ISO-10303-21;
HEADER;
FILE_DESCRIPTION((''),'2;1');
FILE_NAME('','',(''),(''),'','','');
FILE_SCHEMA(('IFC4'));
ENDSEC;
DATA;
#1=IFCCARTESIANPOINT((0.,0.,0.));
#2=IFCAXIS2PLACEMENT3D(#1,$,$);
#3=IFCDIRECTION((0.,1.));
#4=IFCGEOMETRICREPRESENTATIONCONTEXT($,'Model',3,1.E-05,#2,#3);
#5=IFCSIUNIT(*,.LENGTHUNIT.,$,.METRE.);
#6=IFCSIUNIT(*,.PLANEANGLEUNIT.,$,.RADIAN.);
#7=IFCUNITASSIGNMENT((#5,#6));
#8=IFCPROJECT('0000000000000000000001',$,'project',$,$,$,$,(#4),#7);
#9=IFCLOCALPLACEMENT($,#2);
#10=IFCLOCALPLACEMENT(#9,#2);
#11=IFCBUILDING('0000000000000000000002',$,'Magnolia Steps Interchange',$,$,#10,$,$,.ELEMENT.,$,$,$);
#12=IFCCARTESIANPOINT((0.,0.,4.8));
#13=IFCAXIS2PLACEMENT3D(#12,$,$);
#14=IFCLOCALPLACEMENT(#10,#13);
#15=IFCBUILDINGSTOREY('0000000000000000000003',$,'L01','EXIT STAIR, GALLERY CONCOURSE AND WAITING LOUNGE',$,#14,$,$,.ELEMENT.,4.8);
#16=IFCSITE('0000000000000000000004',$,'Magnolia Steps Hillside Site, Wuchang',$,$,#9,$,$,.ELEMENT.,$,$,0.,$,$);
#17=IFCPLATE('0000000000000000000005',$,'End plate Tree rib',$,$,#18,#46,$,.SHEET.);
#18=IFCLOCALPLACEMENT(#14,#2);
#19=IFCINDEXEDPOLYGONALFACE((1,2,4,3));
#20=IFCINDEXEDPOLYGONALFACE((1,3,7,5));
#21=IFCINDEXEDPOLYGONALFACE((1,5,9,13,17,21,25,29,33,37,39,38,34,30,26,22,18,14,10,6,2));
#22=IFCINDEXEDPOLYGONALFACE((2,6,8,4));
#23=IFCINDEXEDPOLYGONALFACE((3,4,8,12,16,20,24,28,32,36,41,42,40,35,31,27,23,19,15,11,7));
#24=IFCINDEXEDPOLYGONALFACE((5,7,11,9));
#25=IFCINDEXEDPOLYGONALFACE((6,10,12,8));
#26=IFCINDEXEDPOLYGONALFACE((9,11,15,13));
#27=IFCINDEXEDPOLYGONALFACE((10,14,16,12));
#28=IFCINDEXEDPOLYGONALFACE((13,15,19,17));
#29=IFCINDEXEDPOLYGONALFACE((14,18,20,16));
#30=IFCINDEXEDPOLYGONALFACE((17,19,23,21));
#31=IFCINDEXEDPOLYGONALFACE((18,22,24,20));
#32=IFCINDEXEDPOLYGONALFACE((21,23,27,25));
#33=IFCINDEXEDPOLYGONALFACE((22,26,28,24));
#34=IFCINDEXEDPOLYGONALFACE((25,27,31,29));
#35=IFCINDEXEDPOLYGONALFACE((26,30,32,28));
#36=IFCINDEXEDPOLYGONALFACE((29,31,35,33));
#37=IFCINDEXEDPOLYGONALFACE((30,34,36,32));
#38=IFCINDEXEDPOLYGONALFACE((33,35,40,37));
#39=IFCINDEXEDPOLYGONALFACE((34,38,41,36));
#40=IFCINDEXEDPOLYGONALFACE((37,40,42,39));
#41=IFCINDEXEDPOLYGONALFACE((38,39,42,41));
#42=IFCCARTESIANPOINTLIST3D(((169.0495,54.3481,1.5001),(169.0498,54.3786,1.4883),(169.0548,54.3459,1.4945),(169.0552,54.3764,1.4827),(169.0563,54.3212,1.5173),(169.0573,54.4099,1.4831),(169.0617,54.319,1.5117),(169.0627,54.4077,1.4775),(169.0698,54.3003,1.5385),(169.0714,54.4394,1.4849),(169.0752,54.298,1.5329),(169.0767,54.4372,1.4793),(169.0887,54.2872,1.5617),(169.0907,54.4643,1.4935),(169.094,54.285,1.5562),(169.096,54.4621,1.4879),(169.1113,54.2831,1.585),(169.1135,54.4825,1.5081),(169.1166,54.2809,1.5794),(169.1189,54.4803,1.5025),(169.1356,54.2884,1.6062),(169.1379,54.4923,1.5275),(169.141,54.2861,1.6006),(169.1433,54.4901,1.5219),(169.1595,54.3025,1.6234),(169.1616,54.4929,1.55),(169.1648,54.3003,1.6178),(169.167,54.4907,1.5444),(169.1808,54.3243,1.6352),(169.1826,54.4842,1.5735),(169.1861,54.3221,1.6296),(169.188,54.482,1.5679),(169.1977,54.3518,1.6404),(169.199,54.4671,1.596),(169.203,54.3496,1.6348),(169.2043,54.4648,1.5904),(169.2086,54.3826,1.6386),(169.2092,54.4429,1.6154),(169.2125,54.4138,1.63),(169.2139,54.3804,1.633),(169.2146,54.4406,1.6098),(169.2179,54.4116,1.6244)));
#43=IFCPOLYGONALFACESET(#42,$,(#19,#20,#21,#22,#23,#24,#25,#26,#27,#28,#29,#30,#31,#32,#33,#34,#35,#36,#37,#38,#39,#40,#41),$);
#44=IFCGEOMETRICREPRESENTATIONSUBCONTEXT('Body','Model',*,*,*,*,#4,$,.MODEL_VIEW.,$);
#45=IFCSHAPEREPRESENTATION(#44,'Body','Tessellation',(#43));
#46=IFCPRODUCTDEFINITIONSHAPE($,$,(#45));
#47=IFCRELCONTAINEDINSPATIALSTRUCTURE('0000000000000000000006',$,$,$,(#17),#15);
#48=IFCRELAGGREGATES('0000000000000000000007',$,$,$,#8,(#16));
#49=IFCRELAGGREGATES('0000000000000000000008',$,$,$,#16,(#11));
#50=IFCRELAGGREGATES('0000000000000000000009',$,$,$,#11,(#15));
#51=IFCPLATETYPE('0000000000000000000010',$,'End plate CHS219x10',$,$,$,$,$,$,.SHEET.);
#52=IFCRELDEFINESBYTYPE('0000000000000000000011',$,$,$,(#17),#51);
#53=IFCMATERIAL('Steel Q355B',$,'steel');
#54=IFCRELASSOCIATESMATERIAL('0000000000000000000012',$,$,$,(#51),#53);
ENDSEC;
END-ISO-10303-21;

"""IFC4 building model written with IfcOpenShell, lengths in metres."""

from ifc_helpers import new_model, si_unit, direction, frame, origin, origin_2d, place, context, subcontext, project, spatial, circle, extrude, material, material_profile, profile_set, type_object, element, save


model = new_model("IFC4")

# Units and contexts
model_context = context("Model", 3, precision=1e-05, world=origin(), true_north=direction((0.0, 1.0)))
body_context = subcontext(model_context, "Body", "Model", "MODEL_VIEW")
ifc_project = project(units=[si_unit("LENGTHUNIT", "METRE"), si_unit("PLANEANGLEUNIT", "RADIAN")], contexts=[model_context])

# Site, building, storey
site_placement = place(None, origin())
site = spatial("IfcSite", under=ifc_project, at=site_placement, Name="Magnolia Steps Hillside Site, Wuchang", CompositionType="ELEMENT", RefElevation=0.0)
building_placement = place(site_placement, origin())
building = spatial("IfcBuilding", under=site, at=building_placement, Name="Magnolia Steps Interchange", CompositionType="ELEMENT")
storey_placement = place(building_placement, frame((0.0, 0.0, 4.8)))
storey = spatial("IfcBuildingStorey", under=building, at=storey_placement, Name="L01", Description="EXIT STAIR, GALLERY CONCOURSE AND WAITING LOUNGE", CompositionType="ELEMENT", Elevation=4.8)

# Plate
ifc_material_1 = material(Name="Steel Q355B", Category="steel")
ifc_material_profile_1 = material_profile(ifc_material_1, circle(Radius=0.1096, at=origin_2d()), Name="End plate CHS219x10")
ifc_profile_set_1 = profile_set([ifc_material_profile_1], Name="Steel Q355B")
plate_type = type_object("IfcPlateType", Name="End plate CHS219x10", PredefinedType="SHEET", material=ifc_profile_set_1)
for number, where, z_axis, x_axis, name in (
    (1, (169.136, 54.3862, 1.5562), (-0.664583, 0.275279, 0.694658), (-0.382683, -0.92388, 0.0), "End plate Tree rib"),
):
    element("IfcPlate", number, at=place(storey_placement, frame(where, z_axis=z_axis, x_axis=x_axis)), inside=storey, type_object=plate_type, Name=name, PredefinedType="SHEET", context=body_context, shape_type="SweptSolid", body=[
        extrude(circle(Radius=0.1096, at=origin_2d()), origin(), (0.0, 0.0, 1.0), 0.0081),
    ])

save(model, "model.ifc")
